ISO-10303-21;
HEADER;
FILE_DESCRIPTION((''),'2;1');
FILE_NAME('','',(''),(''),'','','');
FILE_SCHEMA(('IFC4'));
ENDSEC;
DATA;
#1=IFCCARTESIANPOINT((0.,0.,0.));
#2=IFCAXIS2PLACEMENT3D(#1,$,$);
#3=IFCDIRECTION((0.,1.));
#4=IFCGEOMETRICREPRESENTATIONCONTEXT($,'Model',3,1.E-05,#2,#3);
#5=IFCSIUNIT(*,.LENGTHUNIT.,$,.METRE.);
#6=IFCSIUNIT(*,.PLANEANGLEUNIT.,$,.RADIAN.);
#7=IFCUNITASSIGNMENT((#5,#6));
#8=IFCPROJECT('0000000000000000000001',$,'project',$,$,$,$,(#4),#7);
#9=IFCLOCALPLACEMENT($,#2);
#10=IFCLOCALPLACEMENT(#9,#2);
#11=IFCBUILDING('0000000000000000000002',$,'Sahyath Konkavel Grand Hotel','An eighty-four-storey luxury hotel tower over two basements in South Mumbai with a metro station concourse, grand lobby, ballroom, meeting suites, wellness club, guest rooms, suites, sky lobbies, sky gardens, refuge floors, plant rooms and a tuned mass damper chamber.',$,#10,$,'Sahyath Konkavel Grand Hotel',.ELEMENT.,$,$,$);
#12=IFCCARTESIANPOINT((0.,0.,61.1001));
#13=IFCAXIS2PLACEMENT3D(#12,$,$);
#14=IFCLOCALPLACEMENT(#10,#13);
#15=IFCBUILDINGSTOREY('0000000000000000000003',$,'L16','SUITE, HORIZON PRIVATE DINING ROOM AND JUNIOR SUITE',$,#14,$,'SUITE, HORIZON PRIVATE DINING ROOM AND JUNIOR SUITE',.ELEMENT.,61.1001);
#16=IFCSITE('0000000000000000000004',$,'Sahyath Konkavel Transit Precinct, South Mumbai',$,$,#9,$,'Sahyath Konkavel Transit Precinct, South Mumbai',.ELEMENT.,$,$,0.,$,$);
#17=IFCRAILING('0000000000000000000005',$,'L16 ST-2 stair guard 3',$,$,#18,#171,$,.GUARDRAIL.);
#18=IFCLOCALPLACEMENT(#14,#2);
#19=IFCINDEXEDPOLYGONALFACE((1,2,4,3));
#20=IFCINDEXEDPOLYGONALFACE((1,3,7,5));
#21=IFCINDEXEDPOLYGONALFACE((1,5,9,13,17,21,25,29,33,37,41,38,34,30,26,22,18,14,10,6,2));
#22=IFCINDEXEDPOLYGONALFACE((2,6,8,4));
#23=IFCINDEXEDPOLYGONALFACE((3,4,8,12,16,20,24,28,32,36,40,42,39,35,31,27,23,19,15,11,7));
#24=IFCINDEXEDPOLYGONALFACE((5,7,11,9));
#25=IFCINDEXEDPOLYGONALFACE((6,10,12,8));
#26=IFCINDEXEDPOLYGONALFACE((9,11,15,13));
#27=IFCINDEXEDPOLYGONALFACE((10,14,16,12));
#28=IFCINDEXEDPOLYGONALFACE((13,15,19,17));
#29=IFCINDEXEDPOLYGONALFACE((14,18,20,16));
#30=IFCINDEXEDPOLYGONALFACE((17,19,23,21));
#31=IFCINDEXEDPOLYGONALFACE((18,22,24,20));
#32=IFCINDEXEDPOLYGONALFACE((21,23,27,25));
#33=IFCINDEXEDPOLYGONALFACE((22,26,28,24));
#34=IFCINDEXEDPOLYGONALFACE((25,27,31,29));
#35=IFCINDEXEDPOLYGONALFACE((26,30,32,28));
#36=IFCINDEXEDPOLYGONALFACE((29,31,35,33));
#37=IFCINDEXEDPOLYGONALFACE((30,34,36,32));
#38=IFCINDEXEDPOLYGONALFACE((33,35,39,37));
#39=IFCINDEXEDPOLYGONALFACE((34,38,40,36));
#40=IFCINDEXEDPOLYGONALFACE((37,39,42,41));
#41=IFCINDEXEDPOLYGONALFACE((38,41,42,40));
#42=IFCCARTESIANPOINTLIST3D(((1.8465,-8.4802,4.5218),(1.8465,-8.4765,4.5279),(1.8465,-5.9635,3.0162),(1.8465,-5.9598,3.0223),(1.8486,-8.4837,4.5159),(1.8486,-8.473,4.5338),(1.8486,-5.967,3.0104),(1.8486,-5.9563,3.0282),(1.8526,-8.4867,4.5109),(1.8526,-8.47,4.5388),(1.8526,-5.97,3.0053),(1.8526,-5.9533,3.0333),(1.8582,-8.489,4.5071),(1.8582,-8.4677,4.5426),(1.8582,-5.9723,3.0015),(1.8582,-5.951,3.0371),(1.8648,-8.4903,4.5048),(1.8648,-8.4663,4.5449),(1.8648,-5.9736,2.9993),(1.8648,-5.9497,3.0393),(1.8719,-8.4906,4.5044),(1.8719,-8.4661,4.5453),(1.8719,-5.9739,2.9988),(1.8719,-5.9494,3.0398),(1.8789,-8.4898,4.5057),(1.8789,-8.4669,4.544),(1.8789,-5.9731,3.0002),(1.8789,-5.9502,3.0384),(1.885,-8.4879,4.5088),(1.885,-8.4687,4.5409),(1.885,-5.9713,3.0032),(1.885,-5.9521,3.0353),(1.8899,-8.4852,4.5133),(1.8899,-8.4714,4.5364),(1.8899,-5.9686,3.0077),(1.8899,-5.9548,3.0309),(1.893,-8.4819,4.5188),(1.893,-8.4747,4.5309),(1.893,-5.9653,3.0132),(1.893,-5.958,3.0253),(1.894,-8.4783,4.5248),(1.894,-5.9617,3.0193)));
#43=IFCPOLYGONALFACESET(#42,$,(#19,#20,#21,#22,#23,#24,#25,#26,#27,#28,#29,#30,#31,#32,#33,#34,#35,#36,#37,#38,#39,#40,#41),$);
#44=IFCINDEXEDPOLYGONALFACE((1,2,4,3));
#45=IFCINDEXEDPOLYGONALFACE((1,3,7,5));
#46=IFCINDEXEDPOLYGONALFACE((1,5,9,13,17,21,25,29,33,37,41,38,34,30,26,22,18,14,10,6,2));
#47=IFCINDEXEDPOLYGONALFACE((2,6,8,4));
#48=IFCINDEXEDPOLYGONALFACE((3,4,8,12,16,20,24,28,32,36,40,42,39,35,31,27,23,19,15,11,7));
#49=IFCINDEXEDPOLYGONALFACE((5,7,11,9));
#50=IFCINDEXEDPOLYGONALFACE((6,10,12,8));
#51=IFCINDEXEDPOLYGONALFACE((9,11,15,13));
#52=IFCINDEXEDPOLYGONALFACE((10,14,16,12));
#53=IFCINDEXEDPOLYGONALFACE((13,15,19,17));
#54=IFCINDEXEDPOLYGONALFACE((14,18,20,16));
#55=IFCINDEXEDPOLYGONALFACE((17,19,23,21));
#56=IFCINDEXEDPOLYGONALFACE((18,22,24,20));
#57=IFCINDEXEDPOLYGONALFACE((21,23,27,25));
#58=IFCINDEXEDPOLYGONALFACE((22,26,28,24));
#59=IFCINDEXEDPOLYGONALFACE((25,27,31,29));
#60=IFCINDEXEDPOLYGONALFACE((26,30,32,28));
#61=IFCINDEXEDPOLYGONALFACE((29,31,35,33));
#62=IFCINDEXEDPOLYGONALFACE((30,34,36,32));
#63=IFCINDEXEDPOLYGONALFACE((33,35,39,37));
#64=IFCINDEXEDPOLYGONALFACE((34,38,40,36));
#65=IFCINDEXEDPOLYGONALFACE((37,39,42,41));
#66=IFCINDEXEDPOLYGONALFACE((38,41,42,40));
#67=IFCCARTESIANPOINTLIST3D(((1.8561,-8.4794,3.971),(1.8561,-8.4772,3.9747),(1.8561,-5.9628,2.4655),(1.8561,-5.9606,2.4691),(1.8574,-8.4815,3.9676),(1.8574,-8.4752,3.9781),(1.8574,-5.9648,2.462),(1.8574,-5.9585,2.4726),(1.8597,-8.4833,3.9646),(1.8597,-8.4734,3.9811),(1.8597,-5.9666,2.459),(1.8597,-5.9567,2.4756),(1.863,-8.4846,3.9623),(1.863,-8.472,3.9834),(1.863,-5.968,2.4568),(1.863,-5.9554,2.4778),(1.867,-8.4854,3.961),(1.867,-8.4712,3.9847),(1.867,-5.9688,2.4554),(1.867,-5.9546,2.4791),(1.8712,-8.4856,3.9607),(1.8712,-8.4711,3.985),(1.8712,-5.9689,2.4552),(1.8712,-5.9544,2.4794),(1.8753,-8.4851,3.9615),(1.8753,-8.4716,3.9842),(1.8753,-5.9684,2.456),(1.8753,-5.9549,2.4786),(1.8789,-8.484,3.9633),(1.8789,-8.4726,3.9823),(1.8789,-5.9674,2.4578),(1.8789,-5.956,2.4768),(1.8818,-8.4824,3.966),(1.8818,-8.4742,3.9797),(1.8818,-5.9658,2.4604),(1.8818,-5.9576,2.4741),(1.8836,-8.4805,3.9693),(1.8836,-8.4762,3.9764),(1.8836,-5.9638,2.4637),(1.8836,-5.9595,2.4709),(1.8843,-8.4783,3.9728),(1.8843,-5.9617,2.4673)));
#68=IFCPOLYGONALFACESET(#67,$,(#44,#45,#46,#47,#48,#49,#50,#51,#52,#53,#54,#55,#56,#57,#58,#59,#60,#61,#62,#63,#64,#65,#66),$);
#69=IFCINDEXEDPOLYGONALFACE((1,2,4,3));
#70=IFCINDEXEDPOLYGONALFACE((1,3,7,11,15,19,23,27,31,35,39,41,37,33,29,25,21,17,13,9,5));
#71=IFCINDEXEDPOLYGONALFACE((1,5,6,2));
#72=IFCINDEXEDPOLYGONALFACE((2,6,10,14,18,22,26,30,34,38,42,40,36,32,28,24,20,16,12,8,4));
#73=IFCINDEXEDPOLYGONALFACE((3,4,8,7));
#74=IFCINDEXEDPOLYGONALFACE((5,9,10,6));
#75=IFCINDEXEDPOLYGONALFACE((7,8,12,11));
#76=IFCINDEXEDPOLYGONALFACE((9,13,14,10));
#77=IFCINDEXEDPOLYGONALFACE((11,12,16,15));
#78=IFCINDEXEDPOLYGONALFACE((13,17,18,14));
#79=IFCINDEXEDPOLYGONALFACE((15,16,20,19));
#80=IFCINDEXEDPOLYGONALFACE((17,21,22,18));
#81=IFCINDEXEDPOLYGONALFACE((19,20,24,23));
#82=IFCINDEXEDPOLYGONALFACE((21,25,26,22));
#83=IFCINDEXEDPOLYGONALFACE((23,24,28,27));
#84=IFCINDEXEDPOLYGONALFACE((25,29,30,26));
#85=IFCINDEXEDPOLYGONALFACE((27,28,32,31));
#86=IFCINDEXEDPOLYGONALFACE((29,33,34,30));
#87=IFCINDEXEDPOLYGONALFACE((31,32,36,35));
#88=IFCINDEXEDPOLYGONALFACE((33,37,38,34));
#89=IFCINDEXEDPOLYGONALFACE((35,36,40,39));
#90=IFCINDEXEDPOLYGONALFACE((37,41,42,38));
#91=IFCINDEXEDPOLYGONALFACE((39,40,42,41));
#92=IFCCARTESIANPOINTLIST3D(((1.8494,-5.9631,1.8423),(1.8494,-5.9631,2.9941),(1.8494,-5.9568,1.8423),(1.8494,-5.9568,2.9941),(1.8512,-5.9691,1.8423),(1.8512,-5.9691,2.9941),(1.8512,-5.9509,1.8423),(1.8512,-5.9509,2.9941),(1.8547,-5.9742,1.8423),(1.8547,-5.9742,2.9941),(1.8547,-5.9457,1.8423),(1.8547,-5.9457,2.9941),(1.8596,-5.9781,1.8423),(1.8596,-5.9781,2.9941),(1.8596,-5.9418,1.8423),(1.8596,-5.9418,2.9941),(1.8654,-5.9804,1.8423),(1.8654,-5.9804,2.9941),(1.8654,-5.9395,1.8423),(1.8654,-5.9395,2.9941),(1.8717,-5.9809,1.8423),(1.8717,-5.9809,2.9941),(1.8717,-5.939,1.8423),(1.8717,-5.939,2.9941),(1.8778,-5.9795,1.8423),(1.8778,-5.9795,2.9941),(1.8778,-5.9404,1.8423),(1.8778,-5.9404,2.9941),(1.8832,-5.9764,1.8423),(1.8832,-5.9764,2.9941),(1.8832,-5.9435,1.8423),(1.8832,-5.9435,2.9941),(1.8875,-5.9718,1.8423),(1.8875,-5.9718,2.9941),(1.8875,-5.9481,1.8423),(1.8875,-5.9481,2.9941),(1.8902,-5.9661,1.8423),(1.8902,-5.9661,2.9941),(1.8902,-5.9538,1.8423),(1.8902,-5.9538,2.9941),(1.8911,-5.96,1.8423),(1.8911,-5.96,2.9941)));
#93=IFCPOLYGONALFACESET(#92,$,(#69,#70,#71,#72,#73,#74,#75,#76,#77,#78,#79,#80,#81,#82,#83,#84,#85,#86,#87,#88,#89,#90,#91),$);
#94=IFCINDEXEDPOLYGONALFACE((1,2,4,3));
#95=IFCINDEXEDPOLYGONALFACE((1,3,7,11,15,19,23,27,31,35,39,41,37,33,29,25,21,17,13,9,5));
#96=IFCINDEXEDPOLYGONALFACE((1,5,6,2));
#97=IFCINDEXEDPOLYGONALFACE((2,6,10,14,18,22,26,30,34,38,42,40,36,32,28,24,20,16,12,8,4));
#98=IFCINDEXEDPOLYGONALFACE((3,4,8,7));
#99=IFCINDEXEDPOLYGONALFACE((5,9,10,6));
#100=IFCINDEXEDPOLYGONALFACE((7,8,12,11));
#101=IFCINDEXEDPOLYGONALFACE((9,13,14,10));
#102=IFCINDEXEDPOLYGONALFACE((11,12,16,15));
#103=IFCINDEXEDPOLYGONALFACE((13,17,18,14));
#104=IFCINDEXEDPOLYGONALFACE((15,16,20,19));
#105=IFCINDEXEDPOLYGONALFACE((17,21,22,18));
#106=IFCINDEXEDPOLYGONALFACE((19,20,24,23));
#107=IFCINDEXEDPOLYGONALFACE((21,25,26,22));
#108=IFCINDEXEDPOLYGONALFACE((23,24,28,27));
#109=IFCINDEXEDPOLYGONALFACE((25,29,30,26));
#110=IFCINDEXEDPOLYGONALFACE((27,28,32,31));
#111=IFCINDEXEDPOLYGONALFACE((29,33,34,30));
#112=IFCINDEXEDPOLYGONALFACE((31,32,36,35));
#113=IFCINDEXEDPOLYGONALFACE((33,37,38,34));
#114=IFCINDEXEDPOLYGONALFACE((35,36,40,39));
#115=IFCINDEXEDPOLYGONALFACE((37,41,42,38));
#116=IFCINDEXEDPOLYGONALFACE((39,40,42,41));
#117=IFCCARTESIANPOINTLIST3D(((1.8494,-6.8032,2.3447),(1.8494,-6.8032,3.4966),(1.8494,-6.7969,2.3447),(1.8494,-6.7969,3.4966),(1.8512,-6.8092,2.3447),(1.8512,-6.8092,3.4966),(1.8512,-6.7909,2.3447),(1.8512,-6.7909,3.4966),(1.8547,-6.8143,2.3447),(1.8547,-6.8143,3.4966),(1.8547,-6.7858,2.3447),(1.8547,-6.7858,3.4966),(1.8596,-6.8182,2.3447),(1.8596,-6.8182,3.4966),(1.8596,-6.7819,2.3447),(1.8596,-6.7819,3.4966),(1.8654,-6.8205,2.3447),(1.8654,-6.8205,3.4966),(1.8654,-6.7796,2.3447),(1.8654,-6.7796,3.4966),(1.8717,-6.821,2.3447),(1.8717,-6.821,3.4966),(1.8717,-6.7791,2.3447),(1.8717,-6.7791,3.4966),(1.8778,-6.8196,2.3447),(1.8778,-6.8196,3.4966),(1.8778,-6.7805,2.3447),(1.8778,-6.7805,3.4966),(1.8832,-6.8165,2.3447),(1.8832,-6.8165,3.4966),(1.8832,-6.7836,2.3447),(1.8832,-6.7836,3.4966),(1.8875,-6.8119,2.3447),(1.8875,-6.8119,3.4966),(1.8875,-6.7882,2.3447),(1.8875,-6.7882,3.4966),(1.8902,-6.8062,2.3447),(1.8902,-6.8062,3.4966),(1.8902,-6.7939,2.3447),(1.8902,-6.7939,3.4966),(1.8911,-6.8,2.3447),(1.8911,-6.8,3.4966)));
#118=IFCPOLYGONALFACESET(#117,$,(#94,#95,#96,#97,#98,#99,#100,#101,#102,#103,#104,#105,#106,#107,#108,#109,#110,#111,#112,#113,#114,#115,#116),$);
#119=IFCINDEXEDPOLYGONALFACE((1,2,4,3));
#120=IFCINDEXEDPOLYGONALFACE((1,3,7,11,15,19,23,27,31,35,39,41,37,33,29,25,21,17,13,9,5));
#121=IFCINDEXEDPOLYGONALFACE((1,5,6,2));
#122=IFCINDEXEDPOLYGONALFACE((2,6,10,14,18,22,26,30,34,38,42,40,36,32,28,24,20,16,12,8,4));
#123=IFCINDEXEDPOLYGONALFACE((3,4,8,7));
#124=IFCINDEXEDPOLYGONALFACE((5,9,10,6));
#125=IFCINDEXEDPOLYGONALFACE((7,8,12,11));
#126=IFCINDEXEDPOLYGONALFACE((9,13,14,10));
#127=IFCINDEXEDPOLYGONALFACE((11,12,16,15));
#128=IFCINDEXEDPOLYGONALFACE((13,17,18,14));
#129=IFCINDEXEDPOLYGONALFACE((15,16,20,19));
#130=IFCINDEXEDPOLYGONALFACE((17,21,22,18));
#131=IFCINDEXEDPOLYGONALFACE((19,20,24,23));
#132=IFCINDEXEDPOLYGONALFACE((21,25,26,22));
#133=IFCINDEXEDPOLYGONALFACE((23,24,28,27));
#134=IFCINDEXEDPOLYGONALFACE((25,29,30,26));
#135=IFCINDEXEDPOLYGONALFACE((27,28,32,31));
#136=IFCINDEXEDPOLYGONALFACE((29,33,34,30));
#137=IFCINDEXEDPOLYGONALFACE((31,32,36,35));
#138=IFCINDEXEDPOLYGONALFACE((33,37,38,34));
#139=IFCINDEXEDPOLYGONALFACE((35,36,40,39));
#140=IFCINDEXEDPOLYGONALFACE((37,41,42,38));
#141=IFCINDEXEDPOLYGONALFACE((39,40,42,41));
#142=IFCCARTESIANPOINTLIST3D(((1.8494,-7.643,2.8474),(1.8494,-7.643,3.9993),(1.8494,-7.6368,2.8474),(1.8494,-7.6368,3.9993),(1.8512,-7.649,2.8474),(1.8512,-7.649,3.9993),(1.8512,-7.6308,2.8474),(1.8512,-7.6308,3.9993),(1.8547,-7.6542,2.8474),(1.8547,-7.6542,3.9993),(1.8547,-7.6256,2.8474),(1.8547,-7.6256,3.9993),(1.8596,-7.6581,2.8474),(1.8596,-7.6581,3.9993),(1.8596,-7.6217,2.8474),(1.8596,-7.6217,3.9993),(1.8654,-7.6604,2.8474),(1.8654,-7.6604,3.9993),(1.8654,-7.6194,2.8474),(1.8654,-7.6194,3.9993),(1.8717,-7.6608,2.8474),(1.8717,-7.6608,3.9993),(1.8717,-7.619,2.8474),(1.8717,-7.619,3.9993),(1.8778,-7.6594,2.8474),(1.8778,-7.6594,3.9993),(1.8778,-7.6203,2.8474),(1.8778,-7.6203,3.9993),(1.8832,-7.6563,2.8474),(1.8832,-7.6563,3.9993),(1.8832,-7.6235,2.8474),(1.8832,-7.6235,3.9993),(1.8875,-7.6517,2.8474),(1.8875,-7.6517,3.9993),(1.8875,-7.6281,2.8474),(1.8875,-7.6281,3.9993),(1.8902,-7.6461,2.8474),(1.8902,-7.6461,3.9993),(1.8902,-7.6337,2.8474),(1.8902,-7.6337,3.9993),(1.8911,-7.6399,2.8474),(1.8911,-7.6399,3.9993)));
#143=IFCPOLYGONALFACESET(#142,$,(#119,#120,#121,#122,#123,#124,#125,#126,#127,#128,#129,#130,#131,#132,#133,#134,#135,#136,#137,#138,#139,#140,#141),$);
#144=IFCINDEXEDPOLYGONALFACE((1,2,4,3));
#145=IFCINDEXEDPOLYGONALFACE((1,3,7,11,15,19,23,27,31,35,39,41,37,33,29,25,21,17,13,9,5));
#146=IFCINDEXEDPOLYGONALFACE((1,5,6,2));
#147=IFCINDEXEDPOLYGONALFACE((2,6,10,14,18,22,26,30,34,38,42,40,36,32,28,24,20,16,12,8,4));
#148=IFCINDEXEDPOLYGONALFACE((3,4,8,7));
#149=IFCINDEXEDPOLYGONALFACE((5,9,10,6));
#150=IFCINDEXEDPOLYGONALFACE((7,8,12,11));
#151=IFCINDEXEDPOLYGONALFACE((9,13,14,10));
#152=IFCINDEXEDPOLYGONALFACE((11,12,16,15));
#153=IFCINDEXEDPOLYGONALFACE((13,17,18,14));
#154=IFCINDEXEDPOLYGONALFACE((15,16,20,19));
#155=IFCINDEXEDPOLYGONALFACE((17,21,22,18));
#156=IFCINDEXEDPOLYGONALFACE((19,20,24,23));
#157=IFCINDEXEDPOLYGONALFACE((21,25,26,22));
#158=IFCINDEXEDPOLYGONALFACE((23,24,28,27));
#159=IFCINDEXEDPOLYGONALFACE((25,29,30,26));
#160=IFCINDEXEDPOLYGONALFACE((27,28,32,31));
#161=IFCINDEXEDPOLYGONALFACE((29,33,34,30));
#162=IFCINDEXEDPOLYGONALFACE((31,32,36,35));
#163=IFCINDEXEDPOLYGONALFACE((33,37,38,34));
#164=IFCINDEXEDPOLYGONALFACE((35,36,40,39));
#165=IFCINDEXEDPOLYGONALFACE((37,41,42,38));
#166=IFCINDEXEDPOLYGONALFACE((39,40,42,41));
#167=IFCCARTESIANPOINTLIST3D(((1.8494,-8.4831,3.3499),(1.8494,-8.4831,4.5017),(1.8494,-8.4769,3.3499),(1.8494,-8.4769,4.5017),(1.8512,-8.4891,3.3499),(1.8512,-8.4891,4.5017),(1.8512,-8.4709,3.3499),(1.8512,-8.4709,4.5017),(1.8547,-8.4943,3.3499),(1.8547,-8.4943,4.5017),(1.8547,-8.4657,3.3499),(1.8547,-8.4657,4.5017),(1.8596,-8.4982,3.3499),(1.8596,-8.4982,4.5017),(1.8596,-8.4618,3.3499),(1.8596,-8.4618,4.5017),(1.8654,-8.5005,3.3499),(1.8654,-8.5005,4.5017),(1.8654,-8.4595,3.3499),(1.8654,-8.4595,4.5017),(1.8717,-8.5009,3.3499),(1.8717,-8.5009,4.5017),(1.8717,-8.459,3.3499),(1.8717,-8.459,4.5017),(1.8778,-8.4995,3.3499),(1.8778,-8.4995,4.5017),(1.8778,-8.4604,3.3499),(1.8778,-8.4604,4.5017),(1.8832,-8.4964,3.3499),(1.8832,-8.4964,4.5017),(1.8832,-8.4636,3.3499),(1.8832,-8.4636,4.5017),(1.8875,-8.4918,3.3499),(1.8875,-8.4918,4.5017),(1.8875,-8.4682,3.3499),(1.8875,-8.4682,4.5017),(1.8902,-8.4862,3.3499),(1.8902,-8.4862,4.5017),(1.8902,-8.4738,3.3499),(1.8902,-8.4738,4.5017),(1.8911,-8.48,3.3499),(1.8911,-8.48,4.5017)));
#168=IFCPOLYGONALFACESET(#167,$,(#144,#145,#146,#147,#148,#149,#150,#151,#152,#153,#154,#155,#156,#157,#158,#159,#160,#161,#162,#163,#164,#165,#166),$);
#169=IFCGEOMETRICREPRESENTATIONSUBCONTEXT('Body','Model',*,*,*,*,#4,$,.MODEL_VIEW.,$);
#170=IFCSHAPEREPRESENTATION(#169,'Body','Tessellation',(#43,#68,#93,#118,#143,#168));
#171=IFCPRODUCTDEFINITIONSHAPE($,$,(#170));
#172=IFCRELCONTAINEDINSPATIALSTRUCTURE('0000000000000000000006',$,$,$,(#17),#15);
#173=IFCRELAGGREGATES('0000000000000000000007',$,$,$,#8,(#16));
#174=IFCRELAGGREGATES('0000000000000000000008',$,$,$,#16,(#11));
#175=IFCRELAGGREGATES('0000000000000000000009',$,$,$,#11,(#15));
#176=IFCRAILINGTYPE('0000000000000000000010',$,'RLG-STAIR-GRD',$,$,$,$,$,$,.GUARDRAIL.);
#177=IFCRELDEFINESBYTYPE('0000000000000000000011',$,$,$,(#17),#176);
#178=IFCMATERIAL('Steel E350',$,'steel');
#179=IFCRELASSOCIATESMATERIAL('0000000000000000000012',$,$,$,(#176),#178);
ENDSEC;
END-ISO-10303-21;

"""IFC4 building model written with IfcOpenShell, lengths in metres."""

from ifc_helpers import new_model, si_unit, direction, frame, origin, origin_2d, place, context, subcontext, project, spatial, circle, extrude, material, type_object, element, save


model = new_model("IFC4")

# Units and contexts
model_context = context("Model", 3, precision=1e-05, world=origin(), true_north=direction((0.0, 1.0)))
body_context = subcontext(model_context, "Body", "Model", "MODEL_VIEW")
ifc_project = project(units=[si_unit("LENGTHUNIT", "METRE"), si_unit("PLANEANGLEUNIT", "RADIAN")], contexts=[model_context])

# Site, building, storey
site_placement = place(None, origin())
site = spatial("IfcSite", under=ifc_project, at=site_placement, Name="Sahyath Konkavel Transit Precinct, South Mumbai", LongName="Sahyath Konkavel Transit Precinct, South Mumbai", CompositionType="ELEMENT", RefElevation=0.0)
building_placement = place(site_placement, origin())
building = spatial("IfcBuilding", under=site, at=building_placement, Name="Sahyath Konkavel Grand Hotel", Description="An eighty-four-storey luxury hotel tower over two basements in South Mumbai with a metro station concourse, grand lobby, ballroom, meeting suites, wellness club, guest rooms, suites, sky lobbies, sky gardens, refuge floors, plant rooms and a tuned mass damper chamber.", LongName="Sahyath Konkavel Grand Hotel", CompositionType="ELEMENT")
storey_placement = place(building_placement, frame((0.0, 0.0, 61.1001)))
storey = spatial("IfcBuildingStorey", under=building, at=storey_placement, Name="L16", Description="SUITE, HORIZON PRIVATE DINING ROOM AND JUNIOR SUITE", LongName="SUITE, HORIZON PRIVATE DINING ROOM AND JUNIOR SUITE", CompositionType="ELEMENT", Elevation=61.1001)

# Shared definitions
ifc_material_1 = material(Name="Steel E350", Category="steel")

# Railing
railing_type_1 = type_object("IfcRailingType", Name="RLG-STAIR-GRD", PredefinedType="GUARDRAIL", material=ifc_material_1)
railing_1_placement = place(storey_placement, frame((1.8701, -5.96, 1.8423)))
element("IfcRailing", 1, at=railing_1_placement, inside=storey, type_object=railing_type_1, Name="L16 ST-2 stair guard 3", PredefinedType="GUARDRAIL", context=body_context, shape_type="SweptSolid", body=[
    extrude(circle(Radius=0.0239, at=origin_2d()), frame((0.0, -0.0017, 1.177), z_axis=(0.0, -0.85816, 0.513383), x_axis=(1.0, 0.0, 0.0)), (0.0, 0.0, 1.0), 2.9326),
    extrude(circle(Radius=0.0142, at=origin_2d()), frame((0.0, -0.0017, 0.625), z_axis=(0.0, -0.85816, 0.513383), x_axis=(1.0, 0.0, 0.0)), (0.0, 0.0, 1.0), 2.9326),
    extrude(circle(Radius=0.021, at=origin_2d()), origin(), (0.0, 0.0, 1.0), 1.1519),
    extrude(circle(Radius=0.021, at=origin_2d()), frame((0.0, -0.8401, 0.5024)), (0.0, 0.0, 1.0), 1.1519),
    extrude(circle(Radius=0.021, at=origin_2d()), frame((0.0, -1.6799, 1.0051)), (0.0, 0.0, 1.0), 1.1519),
    extrude(circle(Radius=0.021, at=origin_2d()), frame((0.0, -2.52, 1.5076)), (0.0, 0.0, 1.0), 1.1519),
])

save(model, "model.ifc")
